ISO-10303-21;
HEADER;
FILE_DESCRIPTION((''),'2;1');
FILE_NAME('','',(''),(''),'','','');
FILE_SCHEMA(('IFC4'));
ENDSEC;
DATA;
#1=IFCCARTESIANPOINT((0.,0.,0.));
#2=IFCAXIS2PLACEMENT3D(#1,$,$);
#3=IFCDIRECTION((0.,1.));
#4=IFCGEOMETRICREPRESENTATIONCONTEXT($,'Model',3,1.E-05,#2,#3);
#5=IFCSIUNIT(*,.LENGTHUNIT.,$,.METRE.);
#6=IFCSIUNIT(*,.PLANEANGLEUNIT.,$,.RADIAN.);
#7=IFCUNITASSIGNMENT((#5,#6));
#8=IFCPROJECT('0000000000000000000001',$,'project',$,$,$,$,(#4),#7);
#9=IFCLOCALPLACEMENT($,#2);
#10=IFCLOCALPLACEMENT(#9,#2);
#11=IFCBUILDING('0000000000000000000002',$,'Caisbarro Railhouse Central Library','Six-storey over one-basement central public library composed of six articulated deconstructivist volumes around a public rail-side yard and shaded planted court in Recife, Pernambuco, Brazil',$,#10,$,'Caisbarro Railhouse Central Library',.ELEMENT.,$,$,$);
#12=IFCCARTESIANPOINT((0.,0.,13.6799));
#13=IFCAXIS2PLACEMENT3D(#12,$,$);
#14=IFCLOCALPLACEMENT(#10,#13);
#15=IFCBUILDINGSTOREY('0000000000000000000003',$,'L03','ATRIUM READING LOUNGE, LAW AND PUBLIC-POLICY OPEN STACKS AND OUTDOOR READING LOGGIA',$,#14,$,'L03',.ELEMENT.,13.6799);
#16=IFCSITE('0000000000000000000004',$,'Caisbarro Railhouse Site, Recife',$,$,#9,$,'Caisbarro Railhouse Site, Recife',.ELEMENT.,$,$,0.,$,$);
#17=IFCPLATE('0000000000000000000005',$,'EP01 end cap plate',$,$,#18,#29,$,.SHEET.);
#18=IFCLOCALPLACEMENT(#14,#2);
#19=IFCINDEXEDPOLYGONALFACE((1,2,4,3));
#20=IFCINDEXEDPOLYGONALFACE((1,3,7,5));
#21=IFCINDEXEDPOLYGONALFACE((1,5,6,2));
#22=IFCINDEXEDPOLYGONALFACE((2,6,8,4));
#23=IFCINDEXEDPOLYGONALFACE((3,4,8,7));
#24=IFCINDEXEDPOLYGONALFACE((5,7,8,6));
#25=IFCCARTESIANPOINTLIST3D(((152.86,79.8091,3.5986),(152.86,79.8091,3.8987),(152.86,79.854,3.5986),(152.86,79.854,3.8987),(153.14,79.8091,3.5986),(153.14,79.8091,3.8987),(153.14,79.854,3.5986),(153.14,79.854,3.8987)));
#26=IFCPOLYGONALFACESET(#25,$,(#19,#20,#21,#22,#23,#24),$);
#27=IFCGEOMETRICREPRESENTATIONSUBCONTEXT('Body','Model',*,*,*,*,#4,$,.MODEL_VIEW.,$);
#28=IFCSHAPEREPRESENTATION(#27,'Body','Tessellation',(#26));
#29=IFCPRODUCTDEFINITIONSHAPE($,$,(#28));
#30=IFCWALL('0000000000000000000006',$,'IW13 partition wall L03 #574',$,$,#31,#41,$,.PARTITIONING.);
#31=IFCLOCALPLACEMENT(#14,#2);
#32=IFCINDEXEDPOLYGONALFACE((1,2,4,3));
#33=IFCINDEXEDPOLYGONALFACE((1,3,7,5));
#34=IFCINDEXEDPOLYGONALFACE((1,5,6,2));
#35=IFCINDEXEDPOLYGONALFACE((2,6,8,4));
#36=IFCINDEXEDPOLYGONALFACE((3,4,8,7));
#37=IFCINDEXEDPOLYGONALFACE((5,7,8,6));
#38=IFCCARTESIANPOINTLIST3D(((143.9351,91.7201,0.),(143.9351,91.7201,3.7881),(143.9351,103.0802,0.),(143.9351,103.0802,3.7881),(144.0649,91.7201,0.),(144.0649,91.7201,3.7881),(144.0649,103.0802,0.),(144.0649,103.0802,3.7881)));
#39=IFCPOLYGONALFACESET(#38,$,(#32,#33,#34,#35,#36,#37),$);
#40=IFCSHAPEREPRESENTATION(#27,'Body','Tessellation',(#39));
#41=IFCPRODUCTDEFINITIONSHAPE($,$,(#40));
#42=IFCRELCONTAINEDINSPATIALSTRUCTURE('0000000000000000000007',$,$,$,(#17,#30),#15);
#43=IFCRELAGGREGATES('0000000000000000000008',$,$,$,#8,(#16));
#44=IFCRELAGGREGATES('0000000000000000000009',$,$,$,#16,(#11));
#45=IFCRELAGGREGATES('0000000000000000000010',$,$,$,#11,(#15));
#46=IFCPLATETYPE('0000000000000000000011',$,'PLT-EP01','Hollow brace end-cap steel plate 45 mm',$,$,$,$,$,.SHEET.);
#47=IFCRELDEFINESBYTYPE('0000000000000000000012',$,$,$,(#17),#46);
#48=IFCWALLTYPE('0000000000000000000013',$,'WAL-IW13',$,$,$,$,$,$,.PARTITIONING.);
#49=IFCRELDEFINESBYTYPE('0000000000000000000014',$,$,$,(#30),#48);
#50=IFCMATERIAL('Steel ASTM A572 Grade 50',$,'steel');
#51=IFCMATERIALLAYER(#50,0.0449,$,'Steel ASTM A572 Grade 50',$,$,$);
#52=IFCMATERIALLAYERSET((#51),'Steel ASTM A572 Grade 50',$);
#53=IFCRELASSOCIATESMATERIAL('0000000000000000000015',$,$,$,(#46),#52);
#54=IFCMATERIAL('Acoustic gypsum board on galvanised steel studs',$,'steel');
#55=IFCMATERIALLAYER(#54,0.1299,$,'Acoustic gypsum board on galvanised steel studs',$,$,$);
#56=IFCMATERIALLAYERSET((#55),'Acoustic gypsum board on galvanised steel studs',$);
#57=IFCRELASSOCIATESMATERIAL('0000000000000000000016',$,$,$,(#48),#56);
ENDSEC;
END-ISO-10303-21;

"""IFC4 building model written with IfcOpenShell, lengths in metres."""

from ifc_helpers import new_model, si_unit, direction, frame, frame_2d, origin, origin_2d, place, context, subcontext, project, spatial, rectangle, extrude, material, layer, layer_set, type_object, element, save


model = new_model("IFC4")

# Units and contexts
model_context = context("Model", 3, precision=1e-05, world=origin(), true_north=direction((0.0, 1.0)))
body_context = subcontext(model_context, "Body", "Model", "MODEL_VIEW")
ifc_project = project(units=[si_unit("LENGTHUNIT", "METRE"), si_unit("PLANEANGLEUNIT", "RADIAN")], contexts=[model_context])

# Site, building, storey
site_placement = place(None, origin())
site = spatial("IfcSite", under=ifc_project, at=site_placement, Name="Caisbarro Railhouse Site, Recife", LongName="Caisbarro Railhouse Site, Recife", CompositionType="ELEMENT", RefElevation=0.0)
building_placement = place(site_placement, origin())
building = spatial("IfcBuilding", under=site, at=building_placement, Name="Caisbarro Railhouse Central Library", Description="Six-storey over one-basement central public library composed of six articulated deconstructivist volumes around a public rail-side yard and shaded planted court in Recife, Pernambuco, Brazil", LongName="Caisbarro Railhouse Central Library", CompositionType="ELEMENT")
storey_placement = place(building_placement, frame((0.0, 0.0, 13.6799)))
storey = spatial("IfcBuildingStorey", under=building, at=storey_placement, Name="L03", Description="ATRIUM READING LOUNGE, LAW AND PUBLIC-POLICY OPEN STACKS AND OUTDOOR READING LOGGIA", LongName="L03", CompositionType="ELEMENT", Elevation=13.6799)

# Shared definitions
ifc_material_1 = material(Name="Steel ASTM A572 Grade 50", Category="steel")

# Plate
ifc_layer_1 = layer(ifc_material_1, 0.0449, Name="Steel ASTM A572 Grade 50")
ifc_layer_set_1 = layer_set([ifc_layer_1], Name="Steel ASTM A572 Grade 50")
plate_type_1 = type_object("IfcPlateType", Name="PLT-EP01", Description="Hollow brace end-cap steel plate 45 mm", PredefinedType="SHEET", material=ifc_layer_set_1)
for number, where, z_axis, x_axis, name in (
    (1, (153.0, 79.8315, 3.5986), (0.0, 0.0, 1.0), (0.0, -1.0, 0.0), "EP01 end cap plate"),
):
    element("IfcPlate", number, at=place(storey_placement, frame(where, z_axis=z_axis, x_axis=x_axis)), inside=storey, type_object=plate_type_1, Name=name, PredefinedType="SHEET", context=body_context, shape_type="SweptSolid", body=[
        extrude(rectangle(XDim=0.0449, YDim=0.28, at=origin_2d()), origin(), (0.0, 0.0, 1.0), 0.3),
    ])

# Wall
ifc_material_2 = material(Name="Acoustic gypsum board on galvanised steel studs", Category="steel")
ifc_layer_2 = layer(ifc_material_2, 0.1299, Name="Acoustic gypsum board on galvanised steel studs")
ifc_layer_set_2 = layer_set([ifc_layer_2], Name="Acoustic gypsum board on galvanised steel studs")
wall_type = type_object("IfcWallType", Name="WAL-IW13", PredefinedType="PARTITIONING", material=ifc_layer_set_2)
wall_placement = place(storey_placement, frame((144.0, 91.72, 0.0), z_axis=(0.0, 0.0, 1.0), x_axis=(0.0, 1.0, 0.0)))
element("IfcWall", 2, at=wall_placement, inside=storey, type_object=wall_type, Name="IW13 partition wall L03 #574", PredefinedType="PARTITIONING", context=body_context, shape_type="SweptSolid", body=[
    extrude(rectangle(XDim=11.3601, YDim=0.1299, at=frame_2d((5.6802, 0.0))), origin(), (0.0, 0.0, 1.0), 3.7881),
])

save(model, "model.ifc")
